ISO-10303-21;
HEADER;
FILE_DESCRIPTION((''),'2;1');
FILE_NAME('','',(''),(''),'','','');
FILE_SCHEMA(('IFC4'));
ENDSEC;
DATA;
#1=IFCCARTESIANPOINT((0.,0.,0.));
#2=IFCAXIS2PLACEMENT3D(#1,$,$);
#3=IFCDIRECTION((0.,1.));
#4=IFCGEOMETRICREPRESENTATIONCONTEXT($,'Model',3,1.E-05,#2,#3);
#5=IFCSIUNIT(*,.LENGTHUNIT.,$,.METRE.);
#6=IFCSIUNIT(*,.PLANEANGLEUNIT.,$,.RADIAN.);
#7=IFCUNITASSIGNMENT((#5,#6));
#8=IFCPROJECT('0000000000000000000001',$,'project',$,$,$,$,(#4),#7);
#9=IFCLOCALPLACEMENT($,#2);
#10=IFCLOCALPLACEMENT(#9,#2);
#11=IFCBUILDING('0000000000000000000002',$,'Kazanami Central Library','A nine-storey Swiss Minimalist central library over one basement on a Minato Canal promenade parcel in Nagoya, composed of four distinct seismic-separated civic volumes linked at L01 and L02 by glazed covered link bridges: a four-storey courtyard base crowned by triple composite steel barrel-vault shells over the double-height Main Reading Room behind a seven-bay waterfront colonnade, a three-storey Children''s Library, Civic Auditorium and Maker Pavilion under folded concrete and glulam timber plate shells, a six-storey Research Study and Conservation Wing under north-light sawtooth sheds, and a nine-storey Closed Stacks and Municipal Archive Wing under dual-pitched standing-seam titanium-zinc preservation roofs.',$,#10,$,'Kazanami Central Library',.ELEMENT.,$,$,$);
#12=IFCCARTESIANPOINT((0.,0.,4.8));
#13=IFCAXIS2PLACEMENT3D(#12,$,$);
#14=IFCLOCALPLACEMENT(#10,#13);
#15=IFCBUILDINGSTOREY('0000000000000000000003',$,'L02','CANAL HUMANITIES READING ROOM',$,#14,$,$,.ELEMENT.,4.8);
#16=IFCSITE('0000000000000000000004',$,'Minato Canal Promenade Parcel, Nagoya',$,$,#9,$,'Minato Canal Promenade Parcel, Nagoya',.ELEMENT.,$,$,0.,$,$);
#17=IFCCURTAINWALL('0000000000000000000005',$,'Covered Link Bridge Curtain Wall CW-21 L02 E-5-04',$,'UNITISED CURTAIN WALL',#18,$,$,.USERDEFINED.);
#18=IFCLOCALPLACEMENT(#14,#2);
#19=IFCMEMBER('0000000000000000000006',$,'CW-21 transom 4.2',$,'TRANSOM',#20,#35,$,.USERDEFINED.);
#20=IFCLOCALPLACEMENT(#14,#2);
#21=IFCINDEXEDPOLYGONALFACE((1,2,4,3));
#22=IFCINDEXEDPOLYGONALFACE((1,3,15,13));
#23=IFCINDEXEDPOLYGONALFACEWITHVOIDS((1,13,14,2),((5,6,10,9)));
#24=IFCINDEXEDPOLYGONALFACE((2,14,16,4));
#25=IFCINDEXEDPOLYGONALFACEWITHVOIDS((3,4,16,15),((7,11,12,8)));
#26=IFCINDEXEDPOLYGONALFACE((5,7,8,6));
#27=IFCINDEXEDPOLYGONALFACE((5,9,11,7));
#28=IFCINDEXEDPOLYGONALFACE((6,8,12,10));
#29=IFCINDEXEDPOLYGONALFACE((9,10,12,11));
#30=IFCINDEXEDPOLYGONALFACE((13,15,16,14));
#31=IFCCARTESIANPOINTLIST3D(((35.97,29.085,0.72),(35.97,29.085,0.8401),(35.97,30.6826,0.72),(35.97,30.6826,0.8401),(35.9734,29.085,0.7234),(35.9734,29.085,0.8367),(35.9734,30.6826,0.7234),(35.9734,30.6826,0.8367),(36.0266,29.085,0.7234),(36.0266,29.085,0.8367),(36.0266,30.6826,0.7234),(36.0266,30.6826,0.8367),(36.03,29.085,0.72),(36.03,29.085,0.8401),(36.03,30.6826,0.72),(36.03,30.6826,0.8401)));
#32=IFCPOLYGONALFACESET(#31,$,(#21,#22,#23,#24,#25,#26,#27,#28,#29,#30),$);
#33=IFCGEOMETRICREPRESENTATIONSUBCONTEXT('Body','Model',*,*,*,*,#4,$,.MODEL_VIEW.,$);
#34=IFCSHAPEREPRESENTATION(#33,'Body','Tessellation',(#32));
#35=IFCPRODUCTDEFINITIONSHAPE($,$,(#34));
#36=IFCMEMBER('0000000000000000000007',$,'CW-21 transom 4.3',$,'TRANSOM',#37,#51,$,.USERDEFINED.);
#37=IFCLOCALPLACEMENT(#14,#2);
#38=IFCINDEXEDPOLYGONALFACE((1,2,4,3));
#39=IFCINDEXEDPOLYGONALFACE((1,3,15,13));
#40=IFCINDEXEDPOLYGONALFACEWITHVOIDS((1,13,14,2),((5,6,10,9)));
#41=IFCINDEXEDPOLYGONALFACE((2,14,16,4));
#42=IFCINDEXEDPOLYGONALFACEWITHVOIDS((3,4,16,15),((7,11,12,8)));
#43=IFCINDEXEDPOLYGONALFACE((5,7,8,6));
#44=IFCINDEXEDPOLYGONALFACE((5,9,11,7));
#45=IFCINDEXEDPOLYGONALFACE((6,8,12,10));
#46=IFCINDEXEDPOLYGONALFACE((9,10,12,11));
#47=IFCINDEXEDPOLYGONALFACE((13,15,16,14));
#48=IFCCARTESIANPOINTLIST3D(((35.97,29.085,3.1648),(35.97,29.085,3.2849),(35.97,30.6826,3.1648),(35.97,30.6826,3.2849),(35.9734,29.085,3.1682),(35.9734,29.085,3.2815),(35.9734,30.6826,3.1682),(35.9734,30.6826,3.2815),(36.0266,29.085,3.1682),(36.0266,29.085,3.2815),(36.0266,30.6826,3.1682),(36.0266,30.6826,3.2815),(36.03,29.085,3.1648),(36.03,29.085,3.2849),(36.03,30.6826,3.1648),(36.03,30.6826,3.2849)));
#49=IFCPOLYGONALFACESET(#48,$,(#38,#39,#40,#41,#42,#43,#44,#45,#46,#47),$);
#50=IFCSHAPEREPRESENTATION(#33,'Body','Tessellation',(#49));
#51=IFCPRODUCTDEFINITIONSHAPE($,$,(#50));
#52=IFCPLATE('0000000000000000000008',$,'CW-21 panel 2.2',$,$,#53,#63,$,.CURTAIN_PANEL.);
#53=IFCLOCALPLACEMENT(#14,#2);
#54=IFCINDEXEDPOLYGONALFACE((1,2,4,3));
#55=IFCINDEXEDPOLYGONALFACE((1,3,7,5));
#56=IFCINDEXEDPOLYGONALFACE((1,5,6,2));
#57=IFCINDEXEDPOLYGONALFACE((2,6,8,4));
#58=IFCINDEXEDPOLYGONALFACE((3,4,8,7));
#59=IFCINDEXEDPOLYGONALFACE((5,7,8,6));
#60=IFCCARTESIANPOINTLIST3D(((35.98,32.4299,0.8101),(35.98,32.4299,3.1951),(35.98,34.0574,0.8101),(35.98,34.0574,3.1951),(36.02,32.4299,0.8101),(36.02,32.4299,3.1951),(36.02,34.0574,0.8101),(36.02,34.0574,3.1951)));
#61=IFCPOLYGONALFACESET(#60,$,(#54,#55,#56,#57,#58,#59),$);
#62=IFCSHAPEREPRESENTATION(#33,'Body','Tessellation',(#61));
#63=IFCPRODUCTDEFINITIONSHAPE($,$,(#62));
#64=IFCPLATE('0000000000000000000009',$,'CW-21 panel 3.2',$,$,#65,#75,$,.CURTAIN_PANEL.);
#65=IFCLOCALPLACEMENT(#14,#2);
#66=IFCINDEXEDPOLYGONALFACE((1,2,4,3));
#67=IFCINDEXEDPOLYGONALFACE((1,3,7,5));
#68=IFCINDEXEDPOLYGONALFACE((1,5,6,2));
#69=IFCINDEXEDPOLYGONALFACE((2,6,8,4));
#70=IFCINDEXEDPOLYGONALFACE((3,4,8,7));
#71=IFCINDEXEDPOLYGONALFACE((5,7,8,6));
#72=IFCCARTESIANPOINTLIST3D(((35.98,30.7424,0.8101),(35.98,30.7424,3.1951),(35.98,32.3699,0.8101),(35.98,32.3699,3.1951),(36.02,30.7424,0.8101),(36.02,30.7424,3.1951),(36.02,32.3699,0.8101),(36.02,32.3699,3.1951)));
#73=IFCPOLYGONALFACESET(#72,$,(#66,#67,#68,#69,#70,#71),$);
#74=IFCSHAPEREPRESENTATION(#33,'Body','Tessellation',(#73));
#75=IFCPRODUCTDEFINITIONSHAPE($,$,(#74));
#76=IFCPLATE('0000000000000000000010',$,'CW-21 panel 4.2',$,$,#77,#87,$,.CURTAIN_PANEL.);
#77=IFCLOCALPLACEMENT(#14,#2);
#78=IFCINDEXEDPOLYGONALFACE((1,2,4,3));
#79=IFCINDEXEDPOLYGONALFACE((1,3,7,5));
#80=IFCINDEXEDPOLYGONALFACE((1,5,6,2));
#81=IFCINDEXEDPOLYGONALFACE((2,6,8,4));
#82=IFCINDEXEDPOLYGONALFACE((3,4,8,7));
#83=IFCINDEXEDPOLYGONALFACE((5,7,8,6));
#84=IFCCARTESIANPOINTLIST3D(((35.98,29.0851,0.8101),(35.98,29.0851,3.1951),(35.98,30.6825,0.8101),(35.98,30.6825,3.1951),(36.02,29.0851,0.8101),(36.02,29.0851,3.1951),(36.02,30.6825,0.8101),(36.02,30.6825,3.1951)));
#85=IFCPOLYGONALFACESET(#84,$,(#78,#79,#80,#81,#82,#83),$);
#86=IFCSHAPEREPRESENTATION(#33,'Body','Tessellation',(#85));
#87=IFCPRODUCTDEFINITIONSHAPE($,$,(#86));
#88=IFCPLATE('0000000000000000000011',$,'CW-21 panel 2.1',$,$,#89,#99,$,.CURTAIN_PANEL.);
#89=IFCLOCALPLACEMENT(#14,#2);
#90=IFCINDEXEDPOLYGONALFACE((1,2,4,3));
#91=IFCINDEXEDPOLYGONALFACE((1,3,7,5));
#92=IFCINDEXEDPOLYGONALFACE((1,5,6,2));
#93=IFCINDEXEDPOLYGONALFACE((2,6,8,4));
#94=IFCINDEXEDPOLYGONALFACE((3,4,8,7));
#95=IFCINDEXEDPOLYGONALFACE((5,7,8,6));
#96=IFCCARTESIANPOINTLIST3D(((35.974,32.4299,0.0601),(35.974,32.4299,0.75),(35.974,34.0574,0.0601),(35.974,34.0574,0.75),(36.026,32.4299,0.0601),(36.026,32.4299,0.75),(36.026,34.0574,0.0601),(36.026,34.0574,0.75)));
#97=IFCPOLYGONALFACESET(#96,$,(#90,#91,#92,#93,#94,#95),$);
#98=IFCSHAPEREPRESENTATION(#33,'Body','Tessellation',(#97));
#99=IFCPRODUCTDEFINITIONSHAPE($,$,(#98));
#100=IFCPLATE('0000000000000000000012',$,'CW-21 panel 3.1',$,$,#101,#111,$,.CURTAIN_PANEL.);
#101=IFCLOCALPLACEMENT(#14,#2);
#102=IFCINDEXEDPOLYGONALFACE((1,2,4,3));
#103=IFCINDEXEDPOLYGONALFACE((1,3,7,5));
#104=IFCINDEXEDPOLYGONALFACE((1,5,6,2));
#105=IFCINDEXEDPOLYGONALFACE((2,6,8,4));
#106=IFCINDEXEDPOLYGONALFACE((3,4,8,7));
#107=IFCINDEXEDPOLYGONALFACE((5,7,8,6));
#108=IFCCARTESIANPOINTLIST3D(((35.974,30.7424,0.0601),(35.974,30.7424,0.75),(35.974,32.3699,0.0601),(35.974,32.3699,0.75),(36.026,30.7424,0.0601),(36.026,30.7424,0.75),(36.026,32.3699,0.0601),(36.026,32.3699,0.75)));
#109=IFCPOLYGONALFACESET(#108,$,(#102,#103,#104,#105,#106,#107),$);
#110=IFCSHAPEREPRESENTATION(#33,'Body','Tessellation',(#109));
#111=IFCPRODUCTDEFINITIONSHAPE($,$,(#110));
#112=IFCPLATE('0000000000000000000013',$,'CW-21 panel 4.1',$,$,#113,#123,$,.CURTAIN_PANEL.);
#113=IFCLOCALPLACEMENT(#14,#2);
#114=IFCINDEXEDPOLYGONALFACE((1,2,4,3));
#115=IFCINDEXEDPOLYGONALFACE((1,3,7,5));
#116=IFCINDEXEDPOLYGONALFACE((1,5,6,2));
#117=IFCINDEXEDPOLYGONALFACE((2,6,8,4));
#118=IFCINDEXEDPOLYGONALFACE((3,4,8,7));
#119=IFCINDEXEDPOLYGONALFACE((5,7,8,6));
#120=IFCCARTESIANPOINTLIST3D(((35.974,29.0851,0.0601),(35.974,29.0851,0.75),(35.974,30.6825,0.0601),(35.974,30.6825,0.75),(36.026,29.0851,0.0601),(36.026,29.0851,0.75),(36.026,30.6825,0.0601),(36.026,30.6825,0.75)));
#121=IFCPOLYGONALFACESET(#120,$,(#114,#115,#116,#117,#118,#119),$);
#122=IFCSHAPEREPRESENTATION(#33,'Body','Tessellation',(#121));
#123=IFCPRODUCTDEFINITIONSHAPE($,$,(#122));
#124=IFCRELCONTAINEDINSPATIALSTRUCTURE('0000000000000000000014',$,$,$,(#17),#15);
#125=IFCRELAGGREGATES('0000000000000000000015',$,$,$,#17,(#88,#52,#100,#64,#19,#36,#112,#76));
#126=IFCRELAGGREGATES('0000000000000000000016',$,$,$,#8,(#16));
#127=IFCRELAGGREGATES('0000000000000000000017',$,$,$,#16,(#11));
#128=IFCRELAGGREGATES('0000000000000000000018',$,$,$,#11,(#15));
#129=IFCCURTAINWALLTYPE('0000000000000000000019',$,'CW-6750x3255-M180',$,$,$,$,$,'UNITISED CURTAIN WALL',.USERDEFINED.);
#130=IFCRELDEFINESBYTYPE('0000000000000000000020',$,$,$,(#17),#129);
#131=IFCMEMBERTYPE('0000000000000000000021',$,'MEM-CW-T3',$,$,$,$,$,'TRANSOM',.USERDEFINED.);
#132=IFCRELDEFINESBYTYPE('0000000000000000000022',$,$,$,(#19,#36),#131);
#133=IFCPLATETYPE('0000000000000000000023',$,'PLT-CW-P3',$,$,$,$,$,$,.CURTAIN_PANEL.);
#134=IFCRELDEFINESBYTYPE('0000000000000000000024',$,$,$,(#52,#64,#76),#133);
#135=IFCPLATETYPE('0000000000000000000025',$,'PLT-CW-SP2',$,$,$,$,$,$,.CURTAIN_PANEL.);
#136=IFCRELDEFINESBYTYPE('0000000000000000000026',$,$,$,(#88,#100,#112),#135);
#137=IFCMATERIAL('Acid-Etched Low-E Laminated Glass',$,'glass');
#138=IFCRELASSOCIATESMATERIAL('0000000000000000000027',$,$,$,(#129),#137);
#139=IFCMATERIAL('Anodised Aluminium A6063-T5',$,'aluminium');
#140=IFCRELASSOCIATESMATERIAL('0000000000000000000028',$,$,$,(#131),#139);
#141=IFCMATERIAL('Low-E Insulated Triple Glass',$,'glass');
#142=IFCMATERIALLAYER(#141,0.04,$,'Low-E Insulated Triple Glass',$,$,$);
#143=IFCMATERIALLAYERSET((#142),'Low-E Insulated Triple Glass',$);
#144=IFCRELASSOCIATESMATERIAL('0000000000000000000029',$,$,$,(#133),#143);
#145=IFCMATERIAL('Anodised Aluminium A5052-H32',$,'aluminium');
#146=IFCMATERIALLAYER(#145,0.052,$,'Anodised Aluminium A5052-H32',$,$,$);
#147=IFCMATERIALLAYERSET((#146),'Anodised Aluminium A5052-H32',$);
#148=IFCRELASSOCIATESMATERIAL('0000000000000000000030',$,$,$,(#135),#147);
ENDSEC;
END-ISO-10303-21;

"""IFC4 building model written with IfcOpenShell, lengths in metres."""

from ifc_helpers import new_model, si_unit, direction, frame, origin, origin_2d, place, context, subcontext, project, spatial, rectangle, hollow_rectangle, extrude, material, layer, layer_set, material_profile, profile_set, type_object, element, aggregate, save


model = new_model("IFC4")

# Units and contexts
model_context = context("Model", 3, precision=1e-05, world=origin(), true_north=direction((0.0, 1.0)))
body_context = subcontext(model_context, "Body", "Model", "MODEL_VIEW")
ifc_project = project(units=[si_unit("LENGTHUNIT", "METRE"), si_unit("PLANEANGLEUNIT", "RADIAN")], contexts=[model_context])

# Site, building, storey
site_placement = place(None, origin())
site = spatial("IfcSite", under=ifc_project, at=site_placement, Name="Minato Canal Promenade Parcel, Nagoya", LongName="Minato Canal Promenade Parcel, Nagoya", CompositionType="ELEMENT", RefElevation=0.0)
building_placement = place(site_placement, origin())
building = spatial("IfcBuilding", under=site, at=building_placement, Name="Kazanami Central Library", Description="A nine-storey Swiss Minimalist central library over one basement on a Minato Canal promenade parcel in Nagoya, composed of four distinct seismic-separated civic volumes linked at L01 and L02 by glazed covered link bridges: a four-storey courtyard base crowned by triple composite steel barrel-vault shells over the double-height Main Reading Room behind a seven-bay waterfront colonnade, a three-storey Children's Library, Civic Auditorium and Maker Pavilion under folded concrete and glulam timber plate shells, a six-storey Research Study and Conservation Wing under north-light sawtooth sheds, and a nine-storey Closed Stacks and Municipal Archive Wing under dual-pitched standing-seam titanium-zinc preservation roofs.", LongName="Kazanami Central Library", CompositionType="ELEMENT")
storey_placement = place(building_placement, frame((0.0, 0.0, 4.8)))
storey = spatial("IfcBuildingStorey", under=building, at=storey_placement, Name="L02", Description="CANAL HUMANITIES READING ROOM", CompositionType="ELEMENT", Elevation=4.8)

# Curtain wall, members, plates
ifc_material_1 = material(Name="Acid-Etched Low-E Laminated Glass", Category="glass")
curtain_wall_type = type_object("IfcCurtainWallType", Name="CW-6750x3255-M180", ElementType="UNITISED CURTAIN WALL", PredefinedType="USERDEFINED", material=ifc_material_1)
curtain_wall_placement = place(storey_placement, origin())
curtain_wall = element("IfcCurtainWall", 1, at=curtain_wall_placement, inside=storey, type_object=curtain_wall_type, Name="Covered Link Bridge Curtain Wall CW-21 L02 E-5-04", ObjectType="UNITISED CURTAIN WALL", PredefinedType="USERDEFINED")
ifc_material_2 = material(Name="Anodised Aluminium A6063-T5", Category="aluminium")
ifc_material_profile_1 = material_profile(ifc_material_2, hollow_rectangle(XDim=0.0601, YDim=0.1201, WallThickness=0.0034, at=origin_2d()), Name="ALU-TRAN-60x120x3.5")
ifc_profile_set_1 = profile_set([ifc_material_profile_1], Name="Anodised Aluminium A6063-T5")
member_type_1 = type_object("IfcMemberType", Name="MEM-CW-T3", ElementType="TRANSOM", PredefinedType="USERDEFINED", material=ifc_profile_set_1)
member_1_placement = place(storey_placement, frame((36.0, 30.6826, 0.78), z_axis=(0.0, -1.0, 0.0), x_axis=(1.0, 0.0, 0.0)))
member_1 = element("IfcMember", 2, at=member_1_placement, type_object=member_type_1, Name="CW-21 transom 4.2", ObjectType="TRANSOM", PredefinedType="USERDEFINED", context=body_context, shape_type="SweptSolid", body=[
    extrude(hollow_rectangle(XDim=0.0601, YDim=0.1201, WallThickness=0.0034, at=origin_2d()), origin(), (0.0, 0.0, 1.0), 1.5977),
])
member_2_placement = place(storey_placement, frame((36.0, 30.6826, 3.2249), z_axis=(0.0, -1.0, 0.0), x_axis=(1.0, 0.0, 0.0)))
member_2 = element("IfcMember", 3, at=member_2_placement, type_object=member_type_1, Name="CW-21 transom 4.3", ObjectType="TRANSOM", PredefinedType="USERDEFINED", context=body_context, shape_type="SweptSolid", body=[
    extrude(hollow_rectangle(XDim=0.0601, YDim=0.1201, WallThickness=0.0034, at=origin_2d()), origin(), (0.0, 0.0, 1.0), 1.5977),
])
ifc_material_3 = material(Name="Low-E Insulated Triple Glass", Category="glass")
ifc_layer_1 = layer(ifc_material_3, 0.04, Name="Low-E Insulated Triple Glass")
ifc_layer_set_1 = layer_set([ifc_layer_1], Name="Low-E Insulated Triple Glass")
plate_type_1 = type_object("IfcPlateType", Name="PLT-CW-P3", PredefinedType="CURTAIN_PANEL", material=ifc_layer_set_1)
plate_1_placement = place(storey_placement, frame((36.0, 33.2437, 0.8101), z_axis=(0.0, 0.0, 1.0), x_axis=(0.0, -1.0, 0.0)))
plate_1 = element("IfcPlate", 4, at=plate_1_placement, type_object=plate_type_1, Name="CW-21 panel 2.2", PredefinedType="CURTAIN_PANEL", context=body_context, shape_type="SweptSolid", body=[
    extrude(rectangle(XDim=1.6274, YDim=0.04, at=origin_2d()), origin(), (0.0, 0.0, 1.0), 2.385),
])
plate_2_placement = place(storey_placement, frame((36.0, 31.5562, 0.8101), z_axis=(0.0, 0.0, 1.0), x_axis=(0.0, -1.0, 0.0)))
plate_2 = element("IfcPlate", 5, at=plate_2_placement, type_object=plate_type_1, Name="CW-21 panel 3.2", PredefinedType="CURTAIN_PANEL", context=body_context, shape_type="SweptSolid", body=[
    extrude(rectangle(XDim=1.6274, YDim=0.04, at=origin_2d()), origin(), (0.0, 0.0, 1.0), 2.385),
])
plate_3_placement = place(storey_placement, frame((36.0, 29.8838, 0.8101), z_axis=(0.0, 0.0, 1.0), x_axis=(0.0, -1.0, 0.0)))
plate_3 = element("IfcPlate", 6, at=plate_3_placement, type_object=plate_type_1, Name="CW-21 panel 4.2", PredefinedType="CURTAIN_PANEL", context=body_context, shape_type="SweptSolid", body=[
    extrude(rectangle(XDim=1.5974, YDim=0.04, at=origin_2d()), origin(), (0.0, 0.0, 1.0), 2.385),
])
ifc_material_4 = material(Name="Anodised Aluminium A5052-H32", Category="aluminium")
ifc_layer_2 = layer(ifc_material_4, 0.052, Name="Anodised Aluminium A5052-H32")
ifc_layer_set_2 = layer_set([ifc_layer_2], Name="Anodised Aluminium A5052-H32")
plate_type_2 = type_object("IfcPlateType", Name="PLT-CW-SP2", PredefinedType="CURTAIN_PANEL", material=ifc_layer_set_2)
plate_4_placement = place(storey_placement, frame((36.0, 33.2437, 0.0601), z_axis=(0.0, 0.0, 1.0), x_axis=(0.0, -1.0, 0.0)))
plate_4 = element("IfcPlate", 7, at=plate_4_placement, type_object=plate_type_2, Name="CW-21 panel 2.1", PredefinedType="CURTAIN_PANEL", context=body_context, shape_type="SweptSolid", body=[
    extrude(rectangle(XDim=1.6274, YDim=0.052, at=origin_2d()), origin(), (0.0, 0.0, 1.0), 0.6899),
])
plate_5_placement = place(storey_placement, frame((36.0, 31.5562, 0.0601), z_axis=(0.0, 0.0, 1.0), x_axis=(0.0, -1.0, 0.0)))
plate_5 = element("IfcPlate", 8, at=plate_5_placement, type_object=plate_type_2, Name="CW-21 panel 3.1", PredefinedType="CURTAIN_PANEL", context=body_context, shape_type="SweptSolid", body=[
    extrude(rectangle(XDim=1.6274, YDim=0.052, at=origin_2d()), origin(), (0.0, 0.0, 1.0), 0.6899),
])
plate_6_placement = place(storey_placement, frame((36.0, 29.8838, 0.0601), z_axis=(0.0, 0.0, 1.0), x_axis=(0.0, -1.0, 0.0)))
plate_6 = element("IfcPlate", 9, at=plate_6_placement, type_object=plate_type_2, Name="CW-21 panel 4.1", PredefinedType="CURTAIN_PANEL", context=body_context, shape_type="SweptSolid", body=[
    extrude(rectangle(XDim=1.5974, YDim=0.052, at=origin_2d()), origin(), (0.0, 0.0, 1.0), 0.6899),
])
aggregate(curtain_wall, [plate_4, plate_1, plate_5, plate_2, member_1, member_2, plate_6, plate_3])

save(model, "model.ifc")
